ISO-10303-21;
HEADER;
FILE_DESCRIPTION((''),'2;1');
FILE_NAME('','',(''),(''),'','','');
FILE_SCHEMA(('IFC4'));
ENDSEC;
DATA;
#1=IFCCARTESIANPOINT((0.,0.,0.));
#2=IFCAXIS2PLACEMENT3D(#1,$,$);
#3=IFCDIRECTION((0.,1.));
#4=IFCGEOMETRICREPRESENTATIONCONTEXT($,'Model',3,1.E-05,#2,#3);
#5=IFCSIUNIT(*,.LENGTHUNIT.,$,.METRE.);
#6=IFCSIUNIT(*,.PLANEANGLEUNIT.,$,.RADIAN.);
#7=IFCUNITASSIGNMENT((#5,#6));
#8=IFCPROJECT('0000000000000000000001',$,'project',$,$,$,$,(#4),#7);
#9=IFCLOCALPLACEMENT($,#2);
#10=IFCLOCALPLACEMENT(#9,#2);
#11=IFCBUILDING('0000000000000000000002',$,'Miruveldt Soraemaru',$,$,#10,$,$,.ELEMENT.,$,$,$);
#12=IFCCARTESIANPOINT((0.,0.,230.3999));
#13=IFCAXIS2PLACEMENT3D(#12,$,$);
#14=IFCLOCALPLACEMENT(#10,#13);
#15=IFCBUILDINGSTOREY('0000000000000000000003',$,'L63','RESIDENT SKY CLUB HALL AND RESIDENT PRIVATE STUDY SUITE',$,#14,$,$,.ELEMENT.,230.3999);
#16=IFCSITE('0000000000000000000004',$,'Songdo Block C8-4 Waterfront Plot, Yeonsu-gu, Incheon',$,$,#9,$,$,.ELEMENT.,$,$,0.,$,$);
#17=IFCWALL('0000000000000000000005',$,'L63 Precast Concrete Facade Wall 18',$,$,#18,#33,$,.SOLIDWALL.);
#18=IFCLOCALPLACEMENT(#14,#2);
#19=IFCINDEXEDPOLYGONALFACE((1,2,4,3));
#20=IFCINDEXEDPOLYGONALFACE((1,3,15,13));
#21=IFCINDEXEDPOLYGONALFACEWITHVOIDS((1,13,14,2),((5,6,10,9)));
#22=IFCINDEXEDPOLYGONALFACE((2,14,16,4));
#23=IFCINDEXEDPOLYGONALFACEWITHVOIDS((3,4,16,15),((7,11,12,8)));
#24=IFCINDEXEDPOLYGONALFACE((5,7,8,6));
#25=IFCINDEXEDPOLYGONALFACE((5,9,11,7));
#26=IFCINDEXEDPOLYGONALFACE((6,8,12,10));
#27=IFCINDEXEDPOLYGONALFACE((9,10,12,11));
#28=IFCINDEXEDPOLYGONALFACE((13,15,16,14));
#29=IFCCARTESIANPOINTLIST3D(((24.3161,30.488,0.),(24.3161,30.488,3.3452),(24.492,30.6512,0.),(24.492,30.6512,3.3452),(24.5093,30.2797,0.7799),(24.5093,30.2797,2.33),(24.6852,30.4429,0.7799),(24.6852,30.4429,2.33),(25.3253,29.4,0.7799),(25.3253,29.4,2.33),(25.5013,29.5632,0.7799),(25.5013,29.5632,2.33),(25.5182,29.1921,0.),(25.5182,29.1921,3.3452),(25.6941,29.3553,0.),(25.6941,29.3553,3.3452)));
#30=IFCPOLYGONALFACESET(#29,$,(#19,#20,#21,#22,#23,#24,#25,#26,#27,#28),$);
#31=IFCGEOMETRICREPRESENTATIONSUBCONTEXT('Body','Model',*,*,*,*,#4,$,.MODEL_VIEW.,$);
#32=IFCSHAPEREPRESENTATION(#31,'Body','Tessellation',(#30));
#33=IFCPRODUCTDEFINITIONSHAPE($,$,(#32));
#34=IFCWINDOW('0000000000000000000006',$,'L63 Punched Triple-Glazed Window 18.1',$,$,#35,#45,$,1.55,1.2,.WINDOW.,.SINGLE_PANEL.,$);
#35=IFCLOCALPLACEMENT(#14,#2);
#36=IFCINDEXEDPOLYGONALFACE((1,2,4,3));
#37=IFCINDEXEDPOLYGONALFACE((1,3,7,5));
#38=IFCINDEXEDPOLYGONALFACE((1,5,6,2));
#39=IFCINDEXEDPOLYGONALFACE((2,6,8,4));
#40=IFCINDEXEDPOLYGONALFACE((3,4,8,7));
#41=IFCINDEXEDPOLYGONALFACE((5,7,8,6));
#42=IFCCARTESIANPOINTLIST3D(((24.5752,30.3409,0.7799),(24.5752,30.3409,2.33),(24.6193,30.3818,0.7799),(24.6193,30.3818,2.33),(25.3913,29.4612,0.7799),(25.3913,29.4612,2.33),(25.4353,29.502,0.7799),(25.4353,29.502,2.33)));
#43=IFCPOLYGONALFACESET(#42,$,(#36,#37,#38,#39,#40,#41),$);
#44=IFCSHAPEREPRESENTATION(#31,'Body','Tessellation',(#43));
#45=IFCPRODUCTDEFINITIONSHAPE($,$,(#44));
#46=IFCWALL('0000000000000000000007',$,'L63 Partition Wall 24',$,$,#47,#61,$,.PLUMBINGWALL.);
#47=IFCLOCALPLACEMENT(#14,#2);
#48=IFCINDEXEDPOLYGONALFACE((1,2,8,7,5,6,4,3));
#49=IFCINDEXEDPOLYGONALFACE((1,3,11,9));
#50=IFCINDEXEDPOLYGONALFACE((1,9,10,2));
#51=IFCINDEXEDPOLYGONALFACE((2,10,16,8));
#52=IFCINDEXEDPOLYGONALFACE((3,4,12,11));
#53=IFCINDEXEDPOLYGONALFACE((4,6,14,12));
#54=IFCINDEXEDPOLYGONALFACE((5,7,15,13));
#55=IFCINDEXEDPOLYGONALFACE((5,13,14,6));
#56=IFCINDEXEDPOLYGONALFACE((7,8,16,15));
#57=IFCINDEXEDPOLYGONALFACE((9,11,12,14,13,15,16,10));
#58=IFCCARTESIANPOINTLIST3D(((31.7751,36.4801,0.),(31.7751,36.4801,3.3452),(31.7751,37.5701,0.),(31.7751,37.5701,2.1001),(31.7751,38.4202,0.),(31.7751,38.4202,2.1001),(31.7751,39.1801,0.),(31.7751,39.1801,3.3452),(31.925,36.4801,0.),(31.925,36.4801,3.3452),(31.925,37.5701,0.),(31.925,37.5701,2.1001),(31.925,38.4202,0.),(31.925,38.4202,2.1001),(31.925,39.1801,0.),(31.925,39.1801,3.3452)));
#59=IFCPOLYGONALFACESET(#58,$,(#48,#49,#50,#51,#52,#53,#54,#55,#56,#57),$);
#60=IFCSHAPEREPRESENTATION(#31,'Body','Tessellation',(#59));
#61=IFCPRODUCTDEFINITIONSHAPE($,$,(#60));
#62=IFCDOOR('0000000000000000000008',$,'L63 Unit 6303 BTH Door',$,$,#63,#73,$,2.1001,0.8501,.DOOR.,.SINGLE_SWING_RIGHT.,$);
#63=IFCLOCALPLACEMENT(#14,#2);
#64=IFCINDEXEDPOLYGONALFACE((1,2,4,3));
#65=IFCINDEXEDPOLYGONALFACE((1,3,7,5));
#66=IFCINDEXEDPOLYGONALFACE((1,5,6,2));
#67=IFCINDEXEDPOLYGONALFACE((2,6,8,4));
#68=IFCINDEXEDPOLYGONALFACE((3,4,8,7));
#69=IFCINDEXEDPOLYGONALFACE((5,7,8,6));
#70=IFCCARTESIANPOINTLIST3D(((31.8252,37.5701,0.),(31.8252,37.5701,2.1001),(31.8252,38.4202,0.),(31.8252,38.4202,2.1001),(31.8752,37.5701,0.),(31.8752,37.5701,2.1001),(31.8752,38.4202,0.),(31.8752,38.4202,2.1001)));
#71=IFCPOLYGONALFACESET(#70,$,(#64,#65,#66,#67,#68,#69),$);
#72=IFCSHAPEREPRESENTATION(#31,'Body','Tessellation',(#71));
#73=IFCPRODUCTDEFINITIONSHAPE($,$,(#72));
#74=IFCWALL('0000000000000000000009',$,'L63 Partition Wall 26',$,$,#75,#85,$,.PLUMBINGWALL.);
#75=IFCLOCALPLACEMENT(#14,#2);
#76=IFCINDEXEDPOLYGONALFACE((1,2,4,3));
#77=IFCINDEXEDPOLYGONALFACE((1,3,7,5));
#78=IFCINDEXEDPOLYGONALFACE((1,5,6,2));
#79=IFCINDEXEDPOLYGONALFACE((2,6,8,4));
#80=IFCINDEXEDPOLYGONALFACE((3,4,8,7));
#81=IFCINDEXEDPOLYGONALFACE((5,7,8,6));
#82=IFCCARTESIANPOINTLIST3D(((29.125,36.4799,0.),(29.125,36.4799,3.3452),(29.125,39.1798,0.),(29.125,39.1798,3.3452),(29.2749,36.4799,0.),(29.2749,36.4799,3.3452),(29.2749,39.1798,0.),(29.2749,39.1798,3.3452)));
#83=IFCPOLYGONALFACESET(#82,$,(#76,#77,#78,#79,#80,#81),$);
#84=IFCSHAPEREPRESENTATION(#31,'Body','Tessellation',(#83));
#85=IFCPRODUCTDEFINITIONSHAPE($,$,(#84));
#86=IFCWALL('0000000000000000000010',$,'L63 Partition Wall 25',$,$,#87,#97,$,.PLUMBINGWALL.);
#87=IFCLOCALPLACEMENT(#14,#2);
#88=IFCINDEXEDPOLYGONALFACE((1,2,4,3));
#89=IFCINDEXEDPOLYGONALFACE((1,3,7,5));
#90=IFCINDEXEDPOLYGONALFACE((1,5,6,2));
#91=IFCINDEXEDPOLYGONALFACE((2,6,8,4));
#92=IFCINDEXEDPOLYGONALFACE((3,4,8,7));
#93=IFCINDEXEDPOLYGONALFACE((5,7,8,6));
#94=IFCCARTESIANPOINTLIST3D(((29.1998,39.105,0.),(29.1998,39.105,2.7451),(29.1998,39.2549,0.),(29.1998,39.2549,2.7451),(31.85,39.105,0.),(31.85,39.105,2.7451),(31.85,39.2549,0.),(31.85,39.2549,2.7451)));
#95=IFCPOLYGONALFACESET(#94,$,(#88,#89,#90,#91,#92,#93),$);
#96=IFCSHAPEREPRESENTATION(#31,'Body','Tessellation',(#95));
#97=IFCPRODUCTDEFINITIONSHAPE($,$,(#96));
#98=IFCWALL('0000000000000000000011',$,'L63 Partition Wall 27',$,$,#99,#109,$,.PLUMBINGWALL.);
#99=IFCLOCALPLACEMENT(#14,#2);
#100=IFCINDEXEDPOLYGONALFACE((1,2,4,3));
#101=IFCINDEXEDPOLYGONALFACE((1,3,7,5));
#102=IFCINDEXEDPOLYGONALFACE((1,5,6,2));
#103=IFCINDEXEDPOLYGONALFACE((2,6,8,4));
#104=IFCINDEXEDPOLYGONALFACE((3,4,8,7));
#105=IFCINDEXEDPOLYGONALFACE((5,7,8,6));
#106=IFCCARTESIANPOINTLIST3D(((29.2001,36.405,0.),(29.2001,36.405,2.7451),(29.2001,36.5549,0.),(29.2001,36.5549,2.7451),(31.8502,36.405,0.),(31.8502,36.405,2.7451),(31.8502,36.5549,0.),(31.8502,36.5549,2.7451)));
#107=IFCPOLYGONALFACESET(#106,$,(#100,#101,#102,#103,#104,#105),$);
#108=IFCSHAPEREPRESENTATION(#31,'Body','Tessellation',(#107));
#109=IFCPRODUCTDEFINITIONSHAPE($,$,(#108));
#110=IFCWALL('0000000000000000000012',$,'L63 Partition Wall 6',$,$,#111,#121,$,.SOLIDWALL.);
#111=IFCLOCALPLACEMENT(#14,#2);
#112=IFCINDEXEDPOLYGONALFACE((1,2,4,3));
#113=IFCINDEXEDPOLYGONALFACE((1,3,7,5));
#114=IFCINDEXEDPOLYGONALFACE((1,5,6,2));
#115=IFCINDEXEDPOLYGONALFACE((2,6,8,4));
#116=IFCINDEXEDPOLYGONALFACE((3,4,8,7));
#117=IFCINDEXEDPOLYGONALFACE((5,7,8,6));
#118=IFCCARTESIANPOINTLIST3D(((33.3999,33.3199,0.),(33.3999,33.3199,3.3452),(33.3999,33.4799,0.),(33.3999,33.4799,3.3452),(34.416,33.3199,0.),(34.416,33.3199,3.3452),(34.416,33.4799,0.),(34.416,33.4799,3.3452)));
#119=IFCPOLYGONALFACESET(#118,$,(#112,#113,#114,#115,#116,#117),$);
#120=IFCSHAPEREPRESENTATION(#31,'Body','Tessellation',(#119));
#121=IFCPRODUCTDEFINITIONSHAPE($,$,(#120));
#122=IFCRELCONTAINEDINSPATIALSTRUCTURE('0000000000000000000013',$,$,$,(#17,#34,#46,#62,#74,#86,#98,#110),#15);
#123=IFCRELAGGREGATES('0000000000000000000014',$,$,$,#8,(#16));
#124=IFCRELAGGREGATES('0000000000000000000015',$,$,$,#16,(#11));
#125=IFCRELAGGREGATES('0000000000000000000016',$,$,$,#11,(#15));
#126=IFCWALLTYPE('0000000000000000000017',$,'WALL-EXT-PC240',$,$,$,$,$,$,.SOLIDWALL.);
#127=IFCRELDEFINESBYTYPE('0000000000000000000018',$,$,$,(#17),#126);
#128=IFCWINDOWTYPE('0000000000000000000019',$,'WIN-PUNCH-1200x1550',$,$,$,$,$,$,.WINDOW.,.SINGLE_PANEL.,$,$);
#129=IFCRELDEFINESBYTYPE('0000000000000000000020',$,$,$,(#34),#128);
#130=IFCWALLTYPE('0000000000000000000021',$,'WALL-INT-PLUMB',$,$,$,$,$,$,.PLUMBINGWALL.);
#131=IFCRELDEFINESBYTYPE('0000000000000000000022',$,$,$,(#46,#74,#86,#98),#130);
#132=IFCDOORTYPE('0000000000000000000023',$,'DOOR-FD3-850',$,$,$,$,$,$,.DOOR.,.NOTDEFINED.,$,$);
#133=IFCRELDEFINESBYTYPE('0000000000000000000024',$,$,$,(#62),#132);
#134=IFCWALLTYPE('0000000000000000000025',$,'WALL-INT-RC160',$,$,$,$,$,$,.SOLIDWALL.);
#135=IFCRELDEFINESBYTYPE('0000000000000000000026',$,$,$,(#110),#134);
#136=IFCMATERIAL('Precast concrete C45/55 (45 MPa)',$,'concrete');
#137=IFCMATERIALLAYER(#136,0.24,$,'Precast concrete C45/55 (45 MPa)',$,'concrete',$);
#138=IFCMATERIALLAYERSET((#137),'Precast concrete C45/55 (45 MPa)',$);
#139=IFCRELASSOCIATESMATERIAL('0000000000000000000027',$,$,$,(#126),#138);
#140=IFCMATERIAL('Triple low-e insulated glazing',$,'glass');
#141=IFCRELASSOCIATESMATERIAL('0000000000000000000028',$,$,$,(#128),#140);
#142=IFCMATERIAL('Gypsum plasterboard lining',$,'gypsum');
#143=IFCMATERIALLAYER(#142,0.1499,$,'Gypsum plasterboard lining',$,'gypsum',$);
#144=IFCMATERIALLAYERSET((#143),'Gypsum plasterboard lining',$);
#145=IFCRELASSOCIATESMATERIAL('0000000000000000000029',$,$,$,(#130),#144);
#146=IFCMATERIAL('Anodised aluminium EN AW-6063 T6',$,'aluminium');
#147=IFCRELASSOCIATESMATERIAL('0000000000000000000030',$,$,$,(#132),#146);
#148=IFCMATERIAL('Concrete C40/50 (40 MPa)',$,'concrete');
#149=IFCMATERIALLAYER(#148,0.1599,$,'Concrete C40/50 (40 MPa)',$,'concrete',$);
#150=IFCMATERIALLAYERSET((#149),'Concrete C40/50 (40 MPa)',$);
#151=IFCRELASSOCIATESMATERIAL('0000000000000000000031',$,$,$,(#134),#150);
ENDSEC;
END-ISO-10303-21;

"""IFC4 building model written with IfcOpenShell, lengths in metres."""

from ifc_helpers import new_model, si_unit, direction, frame, frame_2d, origin, place, context, subcontext, project, spatial, rectangle, extrude, material, layer, layer_set, type_object, element, fill, save


model = new_model("IFC4")

# Units and contexts
model_context = context("Model", 3, precision=1e-05, world=origin(), true_north=direction((0.0, 1.0)))
body_context = subcontext(model_context, "Body", "Model", "MODEL_VIEW")
ifc_project = project(units=[si_unit("LENGTHUNIT", "METRE"), si_unit("PLANEANGLEUNIT", "RADIAN")], contexts=[model_context])

# Site, building, storey
site_placement = place(None, origin())
site = spatial("IfcSite", under=ifc_project, at=site_placement, Name="Songdo Block C8-4 Waterfront Plot, Yeonsu-gu, Incheon", CompositionType="ELEMENT", RefElevation=0.0)
building_placement = place(site_placement, origin())
building = spatial("IfcBuilding", under=site, at=building_placement, Name="Miruveldt Soraemaru", CompositionType="ELEMENT")
storey_placement = place(building_placement, frame((0.0, 0.0, 230.3999)))
storey = spatial("IfcBuildingStorey", under=building, at=storey_placement, Name="L63", Description="RESIDENT SKY CLUB HALL AND RESIDENT PRIVATE STUDY SUITE", CompositionType="ELEMENT", Elevation=230.3999)

# Shared definitions
ifc_material_1 = material(Name="Anodised aluminium EN AW-6063 T6", Category="aluminium")

# Wall, opening, window
ifc_material_2 = material(Name="Precast concrete C45/55 (45 MPa)", Category="concrete")
ifc_layer_1 = layer(ifc_material_2, 0.24, Name="Precast concrete C45/55 (45 MPa)", Category="concrete")
ifc_layer_set_1 = layer_set([ifc_layer_1], Name="Precast concrete C45/55 (45 MPa)")
wall_type_1 = type_object("IfcWallType", Name="WALL-EXT-PC240", PredefinedType="SOLIDWALL", material=ifc_layer_set_1)
ifc_material_3 = material(Name="Triple low-e insulated glazing", Category="glass")
window_type_1 = type_object("IfcWindowType", Name="WIN-PUNCH-1200x1550", PartitioningType="SINGLE_PANEL", PredefinedType="WINDOW", material=ifc_material_3)
wall_1_placement = place(storey_placement, frame((24.4041, 30.5696, 0.0), z_axis=(0.0, 0.0, 1.0), x_axis=(0.680091, -0.733128, 0.0)))
wall_1 = element("IfcWall", 1, at=wall_1_placement, inside=storey, type_object=wall_type_1, Name="L63 Precast Concrete Facade Wall 18", PredefinedType="SOLIDWALL", context=body_context, shape_type="SweptSolid", body=[
    extrude(rectangle(XDim=1.7676, YDim=0.24, at=frame_2d((0.8838, 0.0))), origin(), (0.0, 0.0, 1.0), 3.3452),
])
opening_1_placement = place(wall_1_placement, frame((0.2839, 0.0, 0.78)))
opening_1 = element("IfcOpeningElement", 2, at=opening_1_placement, cuts=wall_1, PredefinedType="OPENING", context=body_context, shape_type="SweptSolid", body=[
    extrude(rectangle(XDim=1.2, YDim=1.55, at=frame_2d((0.6001, 0.7749))), frame((0.0, 0.1299, 0.0), z_axis=(0.0, -1.0, 0.0), x_axis=(1.0, 0.0, 0.0)), (0.0, 0.0, 1.0), 0.26),
])
window_1_placement = place(opening_1_placement, origin())
window_1 = element("IfcWindow", 3, at=window_1_placement, inside=storey, type_object=window_type_1, Name="L63 Punched Triple-Glazed Window 18.1", OverallHeight=1.55, OverallWidth=1.2, PartitioningType="SINGLE_PANEL", PredefinedType="WINDOW", context=body_context, shape_type="SweptSolid", body=[
    extrude(rectangle(XDim=1.2, YDim=1.55, at=frame_2d((0.6001, 0.7749))), frame((0.0, 0.03, 0.0), z_axis=(0.0, -1.0, 0.0), x_axis=(1.0, 0.0, 0.0)), (0.0, 0.0, 1.0), 0.0601),
])
fill(opening_1, window_1)

# Wall, opening, door
ifc_material_4 = material(Name="Gypsum plasterboard lining", Category="gypsum")
ifc_layer_2 = layer(ifc_material_4, 0.1499, Name="Gypsum plasterboard lining", Category="gypsum")
ifc_layer_set_2 = layer_set([ifc_layer_2], Name="Gypsum plasterboard lining")
wall_type_2 = type_object("IfcWallType", Name="WALL-INT-PLUMB", PredefinedType="PLUMBINGWALL", material=ifc_layer_set_2)
wall_2_placement = place(storey_placement, frame((31.8501, 36.48, 0.0), z_axis=(0.0, 0.0, 1.0), x_axis=(0.0, 1.0, 0.0)))
wall_2 = element("IfcWall", 4, at=wall_2_placement, inside=storey, type_object=wall_type_2, Name="L63 Partition Wall 24", PredefinedType="PLUMBINGWALL", context=body_context, shape_type="SweptSolid", body=[
    extrude(rectangle(XDim=2.7, YDim=0.1499, at=frame_2d((1.3501, 0.0))), origin(), (0.0, 0.0, 1.0), 3.3452),
])
opening_2_placement = place(wall_2_placement, frame((1.0901, 0.0, 0.0)))
opening_2 = element("IfcOpeningElement", 5, at=opening_2_placement, cuts=wall_2, PredefinedType="OPENING", context=body_context, shape_type="SweptSolid", body=[
    extrude(rectangle(XDim=0.8501, YDim=2.1001, at=frame_2d((0.425, 1.05))), frame((0.0, 0.085, 0.0), z_axis=(0.0, -1.0, 0.0), x_axis=(1.0, 0.0, 0.0)), (0.0, 0.0, 1.0), 0.1699),
])
door_type = type_object("IfcDoorType", Name="DOOR-FD3-850", OperationType="NOTDEFINED", PredefinedType="DOOR", material=ifc_material_1)
door_placement = place(opening_2_placement, origin())
door = element("IfcDoor", 6, at=door_placement, inside=storey, type_object=door_type, Name="L63 Unit 6303 BTH Door", OperationType="SINGLE_SWING_RIGHT", OverallHeight=2.1001, OverallWidth=0.8501, PredefinedType="DOOR", context=body_context, shape_type="SweptSolid", body=[
    extrude(rectangle(XDim=0.8501, YDim=2.1001, at=frame_2d((0.425, 1.05))), frame((0.0, 0.0249, 0.0), z_axis=(0.0, -1.0, 0.0), x_axis=(1.0, 0.0, 0.0)), (0.0, 0.0, 1.0), 0.05),
])
fill(opening_2, door)

# Walls
wall_3_placement = place(storey_placement, frame((29.2, 39.1799, 0.0), z_axis=(0.0, 0.0, 1.0), x_axis=(0.0, -1.0, 0.0)))
element("IfcWall", 7, at=wall_3_placement, inside=storey, type_object=wall_type_2, Name="L63 Partition Wall 26", PredefinedType="PLUMBINGWALL", context=body_context, shape_type="SweptSolid", body=[
    extrude(rectangle(XDim=2.7, YDim=0.1499, at=frame_2d((1.3501, 0.0))), origin(), (0.0, 0.0, 1.0), 3.3452),
])
for number, where, z_axis, x_axis, name in (
    (8, (31.8501, 39.1799, 0.0), (0.0, 0.0, 1.0), (-1.0, 0.0, 0.0), "L63 Partition Wall 25"),
    (9, (29.2, 36.48, 0.0), (0.0, 0.0, 1.0), (1.0, 0.0, 0.0), "L63 Partition Wall 27"),
):
    element("IfcWall", number, at=place(storey_placement, frame(where, z_axis=z_axis, x_axis=x_axis)), inside=storey, type_object=wall_type_2, Name=name, PredefinedType="PLUMBINGWALL", context=body_context, shape_type="SweptSolid", body=[
        extrude(rectangle(XDim=2.6501, YDim=0.1499, at=frame_2d((1.3252, 0.0))), origin(), (0.0, 0.0, 1.0), 2.7451),
    ])
ifc_material_5 = material(Name="Concrete C40/50 (40 MPa)", Category="concrete")
ifc_layer_3 = layer(ifc_material_5, 0.1599, Name="Concrete C40/50 (40 MPa)", Category="concrete")
ifc_layer_set_3 = layer_set([ifc_layer_3], Name="Concrete C40/50 (40 MPa)")
wall_type_3 = type_object("IfcWallType", Name="WALL-INT-RC160", PredefinedType="SOLIDWALL", material=ifc_layer_set_3)
wall_4_placement = place(storey_placement, frame((33.3999, 33.3999, 0.0), z_axis=(0.0, 0.0, 1.0), x_axis=(1.0, 0.0, 0.0)))
element("IfcWall", 10, at=wall_4_placement, inside=storey, type_object=wall_type_3, Name="L63 Partition Wall 6", PredefinedType="SOLIDWALL", context=body_context, shape_type="SweptSolid", body=[
    extrude(rectangle(XDim=1.0161, YDim=0.1599, at=frame_2d((0.5081, 0.0))), origin(), (0.0, 0.0, 1.0), 3.3452),
])

save(model, "model.ifc")
